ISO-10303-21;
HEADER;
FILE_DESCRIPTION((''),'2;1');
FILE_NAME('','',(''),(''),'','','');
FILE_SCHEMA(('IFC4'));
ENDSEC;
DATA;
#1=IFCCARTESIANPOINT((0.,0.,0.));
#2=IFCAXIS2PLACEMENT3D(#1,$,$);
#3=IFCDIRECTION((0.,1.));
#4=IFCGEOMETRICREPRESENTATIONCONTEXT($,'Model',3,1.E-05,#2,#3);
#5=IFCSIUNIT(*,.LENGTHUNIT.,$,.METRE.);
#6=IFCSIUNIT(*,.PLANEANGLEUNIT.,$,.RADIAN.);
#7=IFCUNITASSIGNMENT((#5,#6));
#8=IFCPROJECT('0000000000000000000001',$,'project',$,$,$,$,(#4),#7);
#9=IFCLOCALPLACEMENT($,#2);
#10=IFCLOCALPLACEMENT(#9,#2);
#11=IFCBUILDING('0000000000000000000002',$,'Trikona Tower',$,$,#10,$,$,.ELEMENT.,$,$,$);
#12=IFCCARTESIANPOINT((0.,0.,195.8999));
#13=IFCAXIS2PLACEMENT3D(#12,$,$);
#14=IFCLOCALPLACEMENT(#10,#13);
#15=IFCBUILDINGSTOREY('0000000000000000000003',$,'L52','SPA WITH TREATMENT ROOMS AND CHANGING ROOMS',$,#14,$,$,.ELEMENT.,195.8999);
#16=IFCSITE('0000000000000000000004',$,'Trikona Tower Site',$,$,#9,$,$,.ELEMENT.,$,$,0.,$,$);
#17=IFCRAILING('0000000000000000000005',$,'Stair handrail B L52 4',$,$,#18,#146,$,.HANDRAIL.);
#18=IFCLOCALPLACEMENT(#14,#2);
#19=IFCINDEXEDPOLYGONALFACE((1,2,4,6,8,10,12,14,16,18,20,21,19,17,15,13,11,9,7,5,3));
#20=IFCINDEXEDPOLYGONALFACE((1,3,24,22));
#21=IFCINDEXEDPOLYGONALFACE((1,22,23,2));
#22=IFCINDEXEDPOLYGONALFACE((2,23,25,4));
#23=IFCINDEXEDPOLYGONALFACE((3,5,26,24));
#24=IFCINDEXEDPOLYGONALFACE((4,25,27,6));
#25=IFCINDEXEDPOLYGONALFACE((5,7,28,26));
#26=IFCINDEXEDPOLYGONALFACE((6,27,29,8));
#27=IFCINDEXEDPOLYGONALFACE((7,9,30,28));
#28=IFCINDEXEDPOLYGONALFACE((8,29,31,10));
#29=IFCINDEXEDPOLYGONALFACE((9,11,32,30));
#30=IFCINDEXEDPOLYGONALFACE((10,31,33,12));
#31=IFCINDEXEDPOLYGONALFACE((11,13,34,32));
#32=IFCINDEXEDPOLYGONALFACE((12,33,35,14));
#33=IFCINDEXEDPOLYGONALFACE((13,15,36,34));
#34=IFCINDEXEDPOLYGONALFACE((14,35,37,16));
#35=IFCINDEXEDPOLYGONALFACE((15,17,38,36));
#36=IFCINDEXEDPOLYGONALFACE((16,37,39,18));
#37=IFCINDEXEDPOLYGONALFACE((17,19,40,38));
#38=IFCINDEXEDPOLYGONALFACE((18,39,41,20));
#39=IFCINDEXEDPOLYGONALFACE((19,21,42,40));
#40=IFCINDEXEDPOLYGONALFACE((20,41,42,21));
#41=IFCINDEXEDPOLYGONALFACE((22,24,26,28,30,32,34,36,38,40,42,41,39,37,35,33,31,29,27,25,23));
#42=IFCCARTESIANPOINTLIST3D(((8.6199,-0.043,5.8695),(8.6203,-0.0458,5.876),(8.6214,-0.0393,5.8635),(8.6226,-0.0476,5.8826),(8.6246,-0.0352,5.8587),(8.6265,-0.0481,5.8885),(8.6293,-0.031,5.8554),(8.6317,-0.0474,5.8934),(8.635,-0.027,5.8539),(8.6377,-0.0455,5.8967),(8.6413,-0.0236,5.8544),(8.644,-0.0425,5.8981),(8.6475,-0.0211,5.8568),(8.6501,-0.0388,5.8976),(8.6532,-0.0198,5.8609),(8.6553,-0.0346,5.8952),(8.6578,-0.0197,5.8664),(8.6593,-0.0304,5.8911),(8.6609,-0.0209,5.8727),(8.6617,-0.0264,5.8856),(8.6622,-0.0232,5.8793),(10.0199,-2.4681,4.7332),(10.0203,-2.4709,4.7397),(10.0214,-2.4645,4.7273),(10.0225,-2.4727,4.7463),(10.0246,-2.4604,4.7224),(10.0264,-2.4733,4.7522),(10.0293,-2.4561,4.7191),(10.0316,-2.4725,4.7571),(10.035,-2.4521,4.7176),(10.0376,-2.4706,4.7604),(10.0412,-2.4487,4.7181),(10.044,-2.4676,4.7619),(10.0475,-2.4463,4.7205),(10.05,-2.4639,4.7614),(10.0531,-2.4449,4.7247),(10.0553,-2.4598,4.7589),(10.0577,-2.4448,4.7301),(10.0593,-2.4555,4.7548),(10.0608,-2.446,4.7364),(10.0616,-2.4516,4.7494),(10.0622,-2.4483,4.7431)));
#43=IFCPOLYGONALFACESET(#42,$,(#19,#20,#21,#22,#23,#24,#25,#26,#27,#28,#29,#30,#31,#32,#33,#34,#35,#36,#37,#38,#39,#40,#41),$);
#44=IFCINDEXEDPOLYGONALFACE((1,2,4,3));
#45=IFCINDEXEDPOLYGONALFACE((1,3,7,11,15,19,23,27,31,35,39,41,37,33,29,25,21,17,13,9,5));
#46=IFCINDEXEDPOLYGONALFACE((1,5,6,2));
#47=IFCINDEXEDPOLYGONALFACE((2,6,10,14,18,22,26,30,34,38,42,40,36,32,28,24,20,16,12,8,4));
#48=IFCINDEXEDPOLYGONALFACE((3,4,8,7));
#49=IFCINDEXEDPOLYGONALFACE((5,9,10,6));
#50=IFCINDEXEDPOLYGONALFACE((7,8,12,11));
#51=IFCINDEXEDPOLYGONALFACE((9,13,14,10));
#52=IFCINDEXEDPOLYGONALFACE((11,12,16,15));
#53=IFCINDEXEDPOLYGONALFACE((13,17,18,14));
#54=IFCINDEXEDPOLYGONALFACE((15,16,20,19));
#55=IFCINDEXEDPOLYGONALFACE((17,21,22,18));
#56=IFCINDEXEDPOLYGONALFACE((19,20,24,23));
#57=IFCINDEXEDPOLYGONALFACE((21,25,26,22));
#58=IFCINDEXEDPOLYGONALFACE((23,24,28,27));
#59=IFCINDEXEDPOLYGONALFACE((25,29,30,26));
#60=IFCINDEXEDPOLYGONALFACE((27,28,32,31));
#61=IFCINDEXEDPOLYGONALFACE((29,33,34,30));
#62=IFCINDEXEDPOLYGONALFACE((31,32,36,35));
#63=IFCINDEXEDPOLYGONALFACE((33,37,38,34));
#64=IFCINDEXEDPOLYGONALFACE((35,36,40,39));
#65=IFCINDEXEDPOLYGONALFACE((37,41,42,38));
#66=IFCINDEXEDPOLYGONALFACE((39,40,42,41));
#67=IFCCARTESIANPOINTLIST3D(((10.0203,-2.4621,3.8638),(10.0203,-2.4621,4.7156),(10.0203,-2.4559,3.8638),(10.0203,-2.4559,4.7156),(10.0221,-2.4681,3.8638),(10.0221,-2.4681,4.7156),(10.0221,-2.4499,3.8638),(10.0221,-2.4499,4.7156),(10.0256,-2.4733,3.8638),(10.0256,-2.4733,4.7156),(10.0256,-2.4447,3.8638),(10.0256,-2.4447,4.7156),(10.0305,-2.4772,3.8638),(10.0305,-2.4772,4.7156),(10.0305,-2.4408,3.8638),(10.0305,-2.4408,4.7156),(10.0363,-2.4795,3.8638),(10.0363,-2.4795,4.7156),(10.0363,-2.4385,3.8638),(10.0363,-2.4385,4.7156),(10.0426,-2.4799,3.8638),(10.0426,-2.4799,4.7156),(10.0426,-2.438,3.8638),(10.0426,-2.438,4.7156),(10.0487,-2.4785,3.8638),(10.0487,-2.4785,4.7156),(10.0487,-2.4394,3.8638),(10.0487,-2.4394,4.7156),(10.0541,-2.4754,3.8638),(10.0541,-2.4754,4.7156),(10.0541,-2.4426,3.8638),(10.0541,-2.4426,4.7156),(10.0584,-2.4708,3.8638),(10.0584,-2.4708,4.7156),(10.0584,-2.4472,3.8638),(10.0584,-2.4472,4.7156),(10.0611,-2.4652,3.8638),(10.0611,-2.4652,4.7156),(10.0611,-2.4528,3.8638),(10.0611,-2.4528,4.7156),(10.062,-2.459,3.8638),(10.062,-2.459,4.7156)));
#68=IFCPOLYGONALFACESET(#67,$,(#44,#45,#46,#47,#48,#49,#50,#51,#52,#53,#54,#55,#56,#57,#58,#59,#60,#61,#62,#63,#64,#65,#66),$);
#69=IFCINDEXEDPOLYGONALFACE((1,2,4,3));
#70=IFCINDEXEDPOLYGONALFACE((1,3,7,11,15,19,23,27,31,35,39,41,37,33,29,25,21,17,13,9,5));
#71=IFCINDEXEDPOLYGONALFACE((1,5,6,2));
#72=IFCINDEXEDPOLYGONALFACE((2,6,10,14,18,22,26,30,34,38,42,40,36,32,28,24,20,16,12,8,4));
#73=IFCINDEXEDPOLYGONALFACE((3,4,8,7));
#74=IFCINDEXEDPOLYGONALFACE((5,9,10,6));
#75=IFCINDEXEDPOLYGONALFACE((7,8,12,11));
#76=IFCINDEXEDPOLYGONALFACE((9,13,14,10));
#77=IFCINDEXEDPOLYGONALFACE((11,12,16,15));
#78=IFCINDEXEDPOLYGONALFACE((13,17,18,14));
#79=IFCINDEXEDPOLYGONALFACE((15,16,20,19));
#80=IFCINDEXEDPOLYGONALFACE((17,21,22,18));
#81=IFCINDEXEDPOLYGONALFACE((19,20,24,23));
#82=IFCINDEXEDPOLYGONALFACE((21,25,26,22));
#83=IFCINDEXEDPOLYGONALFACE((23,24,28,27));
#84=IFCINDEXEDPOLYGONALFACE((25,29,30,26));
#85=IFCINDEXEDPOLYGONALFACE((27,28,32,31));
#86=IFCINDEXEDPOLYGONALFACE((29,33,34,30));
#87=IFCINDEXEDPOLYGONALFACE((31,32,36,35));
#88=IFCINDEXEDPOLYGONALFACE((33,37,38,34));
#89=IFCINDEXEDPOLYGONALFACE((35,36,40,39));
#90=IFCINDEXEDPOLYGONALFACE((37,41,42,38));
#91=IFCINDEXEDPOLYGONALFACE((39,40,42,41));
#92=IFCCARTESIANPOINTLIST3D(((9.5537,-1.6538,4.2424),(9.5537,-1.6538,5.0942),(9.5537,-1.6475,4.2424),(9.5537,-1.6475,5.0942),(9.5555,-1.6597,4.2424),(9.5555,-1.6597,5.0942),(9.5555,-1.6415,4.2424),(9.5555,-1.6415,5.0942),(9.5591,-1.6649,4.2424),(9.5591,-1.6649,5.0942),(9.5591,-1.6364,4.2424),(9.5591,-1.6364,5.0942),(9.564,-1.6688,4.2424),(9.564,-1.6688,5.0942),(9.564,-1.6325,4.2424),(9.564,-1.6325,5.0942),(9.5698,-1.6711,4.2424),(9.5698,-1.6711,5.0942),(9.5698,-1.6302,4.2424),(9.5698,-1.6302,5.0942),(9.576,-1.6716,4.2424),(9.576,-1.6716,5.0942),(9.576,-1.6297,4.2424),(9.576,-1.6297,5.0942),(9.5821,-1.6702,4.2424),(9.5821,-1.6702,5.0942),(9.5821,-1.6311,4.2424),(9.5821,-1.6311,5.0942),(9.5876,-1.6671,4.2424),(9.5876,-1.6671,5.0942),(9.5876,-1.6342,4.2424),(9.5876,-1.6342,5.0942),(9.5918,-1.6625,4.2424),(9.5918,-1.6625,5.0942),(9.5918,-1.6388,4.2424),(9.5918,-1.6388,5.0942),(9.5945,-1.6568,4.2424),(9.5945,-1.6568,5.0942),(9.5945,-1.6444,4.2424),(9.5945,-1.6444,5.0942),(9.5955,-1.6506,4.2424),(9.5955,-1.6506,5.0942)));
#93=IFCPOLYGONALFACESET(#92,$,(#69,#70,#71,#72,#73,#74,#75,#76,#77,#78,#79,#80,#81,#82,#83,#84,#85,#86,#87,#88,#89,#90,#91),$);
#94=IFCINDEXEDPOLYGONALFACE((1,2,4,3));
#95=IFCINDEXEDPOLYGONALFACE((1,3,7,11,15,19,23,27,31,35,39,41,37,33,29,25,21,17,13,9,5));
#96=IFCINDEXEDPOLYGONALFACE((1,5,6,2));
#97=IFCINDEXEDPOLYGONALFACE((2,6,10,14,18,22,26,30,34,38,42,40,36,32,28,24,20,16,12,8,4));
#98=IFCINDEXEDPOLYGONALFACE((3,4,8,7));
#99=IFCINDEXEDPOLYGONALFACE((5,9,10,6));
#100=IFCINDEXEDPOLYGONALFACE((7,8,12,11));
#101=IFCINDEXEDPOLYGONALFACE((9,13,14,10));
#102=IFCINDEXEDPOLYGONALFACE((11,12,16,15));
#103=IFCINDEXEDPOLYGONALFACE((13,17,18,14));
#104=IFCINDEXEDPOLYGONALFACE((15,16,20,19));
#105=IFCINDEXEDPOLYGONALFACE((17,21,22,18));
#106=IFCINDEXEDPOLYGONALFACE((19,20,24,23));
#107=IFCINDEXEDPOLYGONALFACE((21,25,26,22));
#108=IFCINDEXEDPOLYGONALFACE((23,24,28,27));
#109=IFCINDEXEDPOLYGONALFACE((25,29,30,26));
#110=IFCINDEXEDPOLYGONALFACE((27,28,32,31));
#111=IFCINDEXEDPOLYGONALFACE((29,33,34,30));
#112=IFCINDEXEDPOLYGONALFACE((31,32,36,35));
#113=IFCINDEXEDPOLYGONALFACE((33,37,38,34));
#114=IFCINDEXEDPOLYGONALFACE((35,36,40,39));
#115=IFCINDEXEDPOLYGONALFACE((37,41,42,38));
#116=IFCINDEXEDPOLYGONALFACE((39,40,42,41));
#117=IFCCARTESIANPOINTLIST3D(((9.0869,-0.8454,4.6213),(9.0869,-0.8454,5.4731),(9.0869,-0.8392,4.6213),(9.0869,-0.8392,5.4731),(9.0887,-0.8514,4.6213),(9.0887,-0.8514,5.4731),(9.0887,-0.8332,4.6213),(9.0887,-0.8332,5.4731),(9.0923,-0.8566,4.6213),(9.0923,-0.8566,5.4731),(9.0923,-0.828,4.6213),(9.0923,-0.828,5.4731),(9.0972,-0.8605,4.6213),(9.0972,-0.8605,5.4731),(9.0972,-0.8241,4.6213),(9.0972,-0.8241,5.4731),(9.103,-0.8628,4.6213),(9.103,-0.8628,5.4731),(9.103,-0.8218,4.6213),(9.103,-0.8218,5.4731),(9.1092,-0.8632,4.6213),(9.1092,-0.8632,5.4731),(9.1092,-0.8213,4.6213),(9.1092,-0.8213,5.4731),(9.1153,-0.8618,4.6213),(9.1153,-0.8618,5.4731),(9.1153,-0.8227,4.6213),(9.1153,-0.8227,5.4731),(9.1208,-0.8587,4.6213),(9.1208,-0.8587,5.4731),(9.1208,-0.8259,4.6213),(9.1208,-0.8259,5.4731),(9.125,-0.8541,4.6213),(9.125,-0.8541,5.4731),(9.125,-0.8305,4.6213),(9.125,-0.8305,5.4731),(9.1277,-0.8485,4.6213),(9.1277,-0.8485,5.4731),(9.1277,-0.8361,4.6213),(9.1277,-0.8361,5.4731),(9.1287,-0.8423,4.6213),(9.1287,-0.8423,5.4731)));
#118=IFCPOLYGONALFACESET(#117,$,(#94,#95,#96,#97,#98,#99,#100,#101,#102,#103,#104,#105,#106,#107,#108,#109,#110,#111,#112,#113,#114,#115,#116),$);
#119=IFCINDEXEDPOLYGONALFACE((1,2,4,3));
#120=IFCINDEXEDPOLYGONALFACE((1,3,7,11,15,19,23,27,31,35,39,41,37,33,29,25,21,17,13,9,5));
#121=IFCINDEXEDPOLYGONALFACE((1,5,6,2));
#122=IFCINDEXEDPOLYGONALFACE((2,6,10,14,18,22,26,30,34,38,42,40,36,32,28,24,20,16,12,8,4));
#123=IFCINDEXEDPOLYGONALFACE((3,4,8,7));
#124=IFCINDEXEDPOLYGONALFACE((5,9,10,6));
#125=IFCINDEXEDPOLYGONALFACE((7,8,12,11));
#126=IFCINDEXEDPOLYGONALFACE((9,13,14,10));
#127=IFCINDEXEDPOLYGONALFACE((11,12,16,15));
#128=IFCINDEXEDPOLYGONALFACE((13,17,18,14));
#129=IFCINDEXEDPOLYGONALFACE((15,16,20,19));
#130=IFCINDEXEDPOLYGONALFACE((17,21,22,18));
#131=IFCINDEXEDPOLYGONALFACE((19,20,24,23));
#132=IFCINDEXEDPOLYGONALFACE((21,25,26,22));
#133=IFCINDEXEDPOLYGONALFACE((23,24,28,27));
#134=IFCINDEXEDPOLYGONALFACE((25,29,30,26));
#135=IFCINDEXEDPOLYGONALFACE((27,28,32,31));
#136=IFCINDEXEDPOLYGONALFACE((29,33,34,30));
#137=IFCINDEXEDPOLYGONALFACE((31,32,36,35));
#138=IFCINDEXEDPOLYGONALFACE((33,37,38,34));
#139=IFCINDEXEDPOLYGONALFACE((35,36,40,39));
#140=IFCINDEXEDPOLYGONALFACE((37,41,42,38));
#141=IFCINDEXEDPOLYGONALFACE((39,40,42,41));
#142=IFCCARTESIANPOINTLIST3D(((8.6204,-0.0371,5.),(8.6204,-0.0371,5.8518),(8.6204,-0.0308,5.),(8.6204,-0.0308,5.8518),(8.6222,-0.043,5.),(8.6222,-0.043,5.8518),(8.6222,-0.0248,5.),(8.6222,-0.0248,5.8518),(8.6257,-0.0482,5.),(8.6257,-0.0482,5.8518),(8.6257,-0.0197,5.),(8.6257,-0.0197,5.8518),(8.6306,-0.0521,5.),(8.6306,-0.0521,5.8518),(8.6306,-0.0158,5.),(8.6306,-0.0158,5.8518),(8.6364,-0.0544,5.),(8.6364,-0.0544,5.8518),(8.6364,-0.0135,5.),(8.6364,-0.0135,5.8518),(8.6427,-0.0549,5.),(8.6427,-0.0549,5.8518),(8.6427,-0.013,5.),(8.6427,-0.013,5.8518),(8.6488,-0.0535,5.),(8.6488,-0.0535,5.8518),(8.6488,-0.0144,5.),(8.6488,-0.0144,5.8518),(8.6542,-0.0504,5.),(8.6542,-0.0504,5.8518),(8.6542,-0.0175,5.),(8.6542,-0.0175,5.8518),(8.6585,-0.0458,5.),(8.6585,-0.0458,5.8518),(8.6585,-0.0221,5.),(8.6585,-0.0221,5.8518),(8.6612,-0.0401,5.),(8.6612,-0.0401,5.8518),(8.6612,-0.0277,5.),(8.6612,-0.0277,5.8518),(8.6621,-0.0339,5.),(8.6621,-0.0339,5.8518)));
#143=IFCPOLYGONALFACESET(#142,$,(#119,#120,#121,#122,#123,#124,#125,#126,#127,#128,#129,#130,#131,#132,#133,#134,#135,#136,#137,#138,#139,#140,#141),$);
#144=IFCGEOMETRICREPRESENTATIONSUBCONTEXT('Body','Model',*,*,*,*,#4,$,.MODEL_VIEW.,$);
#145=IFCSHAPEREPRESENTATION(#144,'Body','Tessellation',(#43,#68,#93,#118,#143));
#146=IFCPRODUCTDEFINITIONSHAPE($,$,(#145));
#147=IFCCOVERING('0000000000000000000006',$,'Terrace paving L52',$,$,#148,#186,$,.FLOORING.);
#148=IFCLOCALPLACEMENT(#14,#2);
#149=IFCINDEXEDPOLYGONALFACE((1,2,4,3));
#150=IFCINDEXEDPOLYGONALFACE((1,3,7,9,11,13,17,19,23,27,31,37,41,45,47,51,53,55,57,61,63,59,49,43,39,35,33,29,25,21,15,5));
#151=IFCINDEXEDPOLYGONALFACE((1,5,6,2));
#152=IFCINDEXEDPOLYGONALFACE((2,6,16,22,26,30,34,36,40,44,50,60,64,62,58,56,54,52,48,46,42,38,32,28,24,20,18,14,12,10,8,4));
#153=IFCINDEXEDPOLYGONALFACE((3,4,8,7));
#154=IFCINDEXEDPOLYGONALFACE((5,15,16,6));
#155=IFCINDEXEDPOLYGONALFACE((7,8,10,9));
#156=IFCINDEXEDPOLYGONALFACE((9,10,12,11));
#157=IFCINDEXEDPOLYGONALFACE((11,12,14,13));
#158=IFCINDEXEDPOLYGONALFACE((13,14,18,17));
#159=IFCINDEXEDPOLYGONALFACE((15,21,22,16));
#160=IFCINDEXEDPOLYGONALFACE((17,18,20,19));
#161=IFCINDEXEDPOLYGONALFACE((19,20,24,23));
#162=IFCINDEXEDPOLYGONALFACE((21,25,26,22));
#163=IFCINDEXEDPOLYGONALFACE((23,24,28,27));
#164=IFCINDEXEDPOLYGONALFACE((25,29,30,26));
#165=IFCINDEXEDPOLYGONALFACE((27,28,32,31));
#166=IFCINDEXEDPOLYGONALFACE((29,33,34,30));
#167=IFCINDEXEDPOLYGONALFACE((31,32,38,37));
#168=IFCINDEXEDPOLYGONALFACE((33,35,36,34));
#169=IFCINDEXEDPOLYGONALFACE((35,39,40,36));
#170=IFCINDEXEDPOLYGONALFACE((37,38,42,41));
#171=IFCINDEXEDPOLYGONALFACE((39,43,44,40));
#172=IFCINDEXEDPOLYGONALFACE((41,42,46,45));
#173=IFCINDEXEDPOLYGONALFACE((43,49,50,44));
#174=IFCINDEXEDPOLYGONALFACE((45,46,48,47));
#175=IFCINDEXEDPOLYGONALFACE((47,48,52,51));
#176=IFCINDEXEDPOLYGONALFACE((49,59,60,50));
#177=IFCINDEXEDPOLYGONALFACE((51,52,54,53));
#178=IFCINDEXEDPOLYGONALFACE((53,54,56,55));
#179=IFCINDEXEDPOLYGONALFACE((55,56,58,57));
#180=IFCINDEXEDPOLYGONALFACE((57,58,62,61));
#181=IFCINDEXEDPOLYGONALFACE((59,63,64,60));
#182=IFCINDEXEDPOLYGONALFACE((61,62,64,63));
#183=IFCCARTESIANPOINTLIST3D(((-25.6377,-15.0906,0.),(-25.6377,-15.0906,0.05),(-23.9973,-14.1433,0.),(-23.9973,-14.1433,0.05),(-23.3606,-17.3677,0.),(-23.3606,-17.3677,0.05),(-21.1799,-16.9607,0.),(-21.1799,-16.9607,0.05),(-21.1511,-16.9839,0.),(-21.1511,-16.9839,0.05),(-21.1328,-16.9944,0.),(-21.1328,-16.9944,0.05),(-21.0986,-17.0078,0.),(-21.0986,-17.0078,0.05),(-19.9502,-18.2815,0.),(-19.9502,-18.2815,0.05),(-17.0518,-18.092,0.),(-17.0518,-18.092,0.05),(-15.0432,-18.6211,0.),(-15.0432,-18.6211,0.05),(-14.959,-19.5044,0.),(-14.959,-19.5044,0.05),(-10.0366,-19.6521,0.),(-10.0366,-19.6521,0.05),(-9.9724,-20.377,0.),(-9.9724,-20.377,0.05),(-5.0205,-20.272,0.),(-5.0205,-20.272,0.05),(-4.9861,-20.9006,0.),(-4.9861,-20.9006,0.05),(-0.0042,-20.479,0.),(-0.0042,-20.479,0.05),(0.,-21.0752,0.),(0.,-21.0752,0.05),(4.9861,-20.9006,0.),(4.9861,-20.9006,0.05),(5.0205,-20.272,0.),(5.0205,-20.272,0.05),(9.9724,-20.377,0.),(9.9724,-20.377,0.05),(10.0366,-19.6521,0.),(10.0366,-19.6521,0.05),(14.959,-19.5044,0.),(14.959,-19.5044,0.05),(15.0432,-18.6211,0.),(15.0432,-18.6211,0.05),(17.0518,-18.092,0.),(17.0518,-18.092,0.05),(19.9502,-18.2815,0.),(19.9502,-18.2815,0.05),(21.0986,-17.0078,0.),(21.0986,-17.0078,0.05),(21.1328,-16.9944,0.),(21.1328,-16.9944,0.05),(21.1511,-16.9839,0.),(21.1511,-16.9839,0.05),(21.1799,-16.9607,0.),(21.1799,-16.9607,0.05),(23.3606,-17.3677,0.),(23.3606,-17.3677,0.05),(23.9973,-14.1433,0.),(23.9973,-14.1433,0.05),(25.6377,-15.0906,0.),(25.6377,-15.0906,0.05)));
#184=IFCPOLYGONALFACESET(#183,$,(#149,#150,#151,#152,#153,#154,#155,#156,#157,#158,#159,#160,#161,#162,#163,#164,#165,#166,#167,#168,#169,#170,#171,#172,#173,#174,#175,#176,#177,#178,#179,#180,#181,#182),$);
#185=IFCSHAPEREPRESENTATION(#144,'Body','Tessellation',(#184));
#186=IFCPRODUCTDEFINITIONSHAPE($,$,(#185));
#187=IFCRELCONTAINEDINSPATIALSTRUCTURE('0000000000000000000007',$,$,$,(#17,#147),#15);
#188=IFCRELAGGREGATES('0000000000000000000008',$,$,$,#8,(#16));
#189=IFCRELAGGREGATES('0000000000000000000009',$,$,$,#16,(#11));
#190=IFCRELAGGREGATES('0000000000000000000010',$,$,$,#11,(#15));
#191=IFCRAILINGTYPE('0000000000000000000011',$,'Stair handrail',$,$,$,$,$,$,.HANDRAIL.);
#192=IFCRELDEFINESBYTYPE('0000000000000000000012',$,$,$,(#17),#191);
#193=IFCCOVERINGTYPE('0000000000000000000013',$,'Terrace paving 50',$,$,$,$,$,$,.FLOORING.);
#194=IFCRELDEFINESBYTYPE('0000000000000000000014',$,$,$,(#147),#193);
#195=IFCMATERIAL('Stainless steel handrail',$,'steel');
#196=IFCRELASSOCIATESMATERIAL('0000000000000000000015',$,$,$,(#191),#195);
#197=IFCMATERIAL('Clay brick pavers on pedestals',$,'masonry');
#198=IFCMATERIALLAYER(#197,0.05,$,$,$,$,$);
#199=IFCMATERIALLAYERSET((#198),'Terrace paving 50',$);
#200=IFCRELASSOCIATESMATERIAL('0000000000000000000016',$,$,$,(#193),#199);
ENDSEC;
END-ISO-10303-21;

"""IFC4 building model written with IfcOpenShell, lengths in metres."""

from ifc_helpers import new_model, si_unit, direction, frame, origin, origin_2d, place, context, subcontext, project, spatial, polyline, circle, outline, extrude, material, layer, layer_set, type_object, element, save


model = new_model("IFC4")

# Units and contexts
model_context = context("Model", 3, precision=1e-05, world=origin(), true_north=direction((0.0, 1.0)))
body_context = subcontext(model_context, "Body", "Model", "MODEL_VIEW")
ifc_project = project(units=[si_unit("LENGTHUNIT", "METRE"), si_unit("PLANEANGLEUNIT", "RADIAN")], contexts=[model_context])

# Site, building, storey
site_placement = place(None, origin())
site = spatial("IfcSite", under=ifc_project, at=site_placement, Name="Trikona Tower Site", CompositionType="ELEMENT", RefElevation=0.0)
building_placement = place(site_placement, origin())
building = spatial("IfcBuilding", under=site, at=building_placement, Name="Trikona Tower", CompositionType="ELEMENT")
storey_placement = place(building_placement, frame((0.0, 0.0, 195.8999)))
storey = spatial("IfcBuildingStorey", under=building, at=storey_placement, Name="L52", Description="SPA WITH TREATMENT ROOMS AND CHANGING ROOMS", CompositionType="ELEMENT", Elevation=195.8999)

# Railing
ifc_material_1 = material(Name="Stainless steel handrail", Category="steel")
railing_type = type_object("IfcRailingType", Name="Stair handrail", PredefinedType="HANDRAIL", material=ifc_material_1)
for number, where, name in (
    (1, (10.041, -2.459, 3.8638), "Stair handrail B L52 4"),
):
    element("IfcRailing", number, at=place(storey_placement, frame(where)), inside=storey, type_object=railing_type, Name=name, PredefinedType="HANDRAIL", context=body_context, shape_type="SweptSolid", body=[
        extrude(circle(Radius=0.0239, at=origin_2d()), frame((0.0, 0.0, 0.876), z_axis=(-0.463259, 0.802503, 0.376004), x_axis=(-0.866056, -0.499946, 0.0)), (0.0, 0.0, 1.0), 3.022),
        extrude(circle(Radius=0.021, at=origin_2d()), origin(), (0.0, 0.0, 1.0), 0.8518),
        extrude(circle(Radius=0.021, at=origin_2d()), frame((-0.4666, 0.8083, 0.3787)), (0.0, 0.0, 1.0), 0.8518),
        extrude(circle(Radius=0.021, at=origin_2d()), frame((-0.9333, 1.6167, 0.7576)), (0.0, 0.0, 1.0), 0.8518),
        extrude(circle(Radius=0.021, at=origin_2d()), frame((-1.3999, 2.425, 1.1362)), (0.0, 0.0, 1.0), 0.8518),
    ])

# Covering
ifc_material_2 = material(Name="Clay brick pavers on pedestals", Category="masonry")
ifc_layer_1 = layer(ifc_material_2, 0.05)
ifc_layer_set_1 = layer_set([ifc_layer_1], Name="Terrace paving 50")
covering_type = type_object("IfcCoveringType", Name="Terrace paving 50", PredefinedType="FLOORING", material=ifc_layer_set_1)
covering_placement = place(storey_placement, origin())
element("IfcCovering", 2, at=covering_placement, inside=storey, type_object=covering_type, Name="Terrace paving L52", PredefinedType="FLOORING", context=body_context, shape_type="SweptSolid", body=[
    extrude(outline(polyline([(-25.6377, -15.0906), (-23.3606, -17.3677), (-19.9502, -18.2815), (-14.959, -19.5044), (-9.9724, -20.377), (-4.9861, -20.9006), (0.0, -21.0752), (4.9861, -20.9006), (9.9724, -20.377), (14.959, -19.5044), (19.9502, -18.2815), (23.3606, -17.3677), (25.6377, -15.0906), (23.9973, -14.1433), (21.1799, -16.9607), (21.1511, -16.9839), (21.1328, -16.9944), (21.0986, -17.0078), (17.0518, -18.092), (15.0432, -18.6211), (10.0366, -19.6521), (5.0205, -20.272), (-0.0042, -20.479), (-5.0205, -20.272), (-10.0366, -19.6521), (-15.0432, -18.6211), (-17.0518, -18.092), (-21.0986, -17.0078), (-21.1328, -16.9944), (-21.1511, -16.9839), (-21.1799, -16.9607), (-23.9973, -14.1433), (-25.6377, -15.0906)])), origin(), (0.0, 0.0, 1.0), 0.05),
])

save(model, "model.ifc")
